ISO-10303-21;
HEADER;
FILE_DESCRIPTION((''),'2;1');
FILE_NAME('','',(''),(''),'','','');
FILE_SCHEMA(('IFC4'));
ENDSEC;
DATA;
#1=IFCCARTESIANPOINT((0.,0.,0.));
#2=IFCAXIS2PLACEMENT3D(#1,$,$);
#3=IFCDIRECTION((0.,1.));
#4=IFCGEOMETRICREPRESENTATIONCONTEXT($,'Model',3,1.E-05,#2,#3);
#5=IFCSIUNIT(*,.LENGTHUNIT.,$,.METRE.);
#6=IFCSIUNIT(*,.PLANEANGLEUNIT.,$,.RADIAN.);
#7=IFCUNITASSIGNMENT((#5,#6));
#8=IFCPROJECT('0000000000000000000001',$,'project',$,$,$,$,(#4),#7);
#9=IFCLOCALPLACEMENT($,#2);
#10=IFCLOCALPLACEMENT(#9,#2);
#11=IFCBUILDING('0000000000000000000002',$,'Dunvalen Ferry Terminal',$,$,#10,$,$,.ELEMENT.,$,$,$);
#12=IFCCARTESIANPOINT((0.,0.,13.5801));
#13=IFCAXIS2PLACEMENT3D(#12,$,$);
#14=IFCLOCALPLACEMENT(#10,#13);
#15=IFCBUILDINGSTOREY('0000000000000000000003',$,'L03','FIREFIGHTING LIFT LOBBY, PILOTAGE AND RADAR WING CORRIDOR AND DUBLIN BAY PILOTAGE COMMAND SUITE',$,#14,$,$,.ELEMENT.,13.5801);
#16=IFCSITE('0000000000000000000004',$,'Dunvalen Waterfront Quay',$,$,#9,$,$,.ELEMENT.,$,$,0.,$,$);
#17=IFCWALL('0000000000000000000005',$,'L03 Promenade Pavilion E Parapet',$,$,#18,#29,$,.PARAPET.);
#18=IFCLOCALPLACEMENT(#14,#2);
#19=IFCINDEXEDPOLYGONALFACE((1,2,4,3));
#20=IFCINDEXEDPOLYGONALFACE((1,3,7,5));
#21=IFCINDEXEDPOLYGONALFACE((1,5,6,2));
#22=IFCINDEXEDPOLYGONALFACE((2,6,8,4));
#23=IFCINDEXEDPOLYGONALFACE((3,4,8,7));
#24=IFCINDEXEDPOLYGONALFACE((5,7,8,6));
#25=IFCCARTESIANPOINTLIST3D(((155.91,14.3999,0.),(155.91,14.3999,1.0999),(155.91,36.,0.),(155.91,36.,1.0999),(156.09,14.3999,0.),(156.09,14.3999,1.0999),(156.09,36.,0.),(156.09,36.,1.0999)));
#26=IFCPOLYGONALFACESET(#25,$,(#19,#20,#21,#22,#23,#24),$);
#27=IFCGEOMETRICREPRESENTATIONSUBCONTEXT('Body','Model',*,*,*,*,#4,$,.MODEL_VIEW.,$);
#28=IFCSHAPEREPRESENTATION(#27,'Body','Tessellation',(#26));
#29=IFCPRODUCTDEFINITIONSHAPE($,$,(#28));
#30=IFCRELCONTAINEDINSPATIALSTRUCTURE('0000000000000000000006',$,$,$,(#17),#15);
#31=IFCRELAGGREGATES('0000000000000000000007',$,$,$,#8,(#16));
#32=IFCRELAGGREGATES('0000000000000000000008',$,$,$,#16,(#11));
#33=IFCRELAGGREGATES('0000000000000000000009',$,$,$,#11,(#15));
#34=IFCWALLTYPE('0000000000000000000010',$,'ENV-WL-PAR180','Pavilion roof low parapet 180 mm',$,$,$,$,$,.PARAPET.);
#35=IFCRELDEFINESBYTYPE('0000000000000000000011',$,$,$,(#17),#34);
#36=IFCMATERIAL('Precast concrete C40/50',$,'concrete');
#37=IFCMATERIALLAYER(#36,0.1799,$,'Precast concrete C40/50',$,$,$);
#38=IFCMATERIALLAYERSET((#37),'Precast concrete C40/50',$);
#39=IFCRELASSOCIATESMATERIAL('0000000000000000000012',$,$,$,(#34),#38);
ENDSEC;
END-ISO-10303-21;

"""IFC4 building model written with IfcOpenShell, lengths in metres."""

from ifc_helpers import new_model, si_unit, direction, frame, frame_2d, origin, place, context, subcontext, project, spatial, rectangle, extrude, material, layer, layer_set, type_object, element, save


model = new_model("IFC4")

# Units and contexts
model_context = context("Model", 3, precision=1e-05, world=origin(), true_north=direction((0.0, 1.0)))
body_context = subcontext(model_context, "Body", "Model", "MODEL_VIEW")
ifc_project = project(units=[si_unit("LENGTHUNIT", "METRE"), si_unit("PLANEANGLEUNIT", "RADIAN")], contexts=[model_context])

# Site, building, storey
site_placement = place(None, origin())
site = spatial("IfcSite", under=ifc_project, at=site_placement, Name="Dunvalen Waterfront Quay", CompositionType="ELEMENT", RefElevation=0.0)
building_placement = place(site_placement, origin())
building = spatial("IfcBuilding", under=site, at=building_placement, Name="Dunvalen Ferry Terminal", CompositionType="ELEMENT")
storey_placement = place(building_placement, frame((0.0, 0.0, 13.5801)))
storey = spatial("IfcBuildingStorey", under=building, at=storey_placement, Name="L03", Description="FIREFIGHTING LIFT LOBBY, PILOTAGE AND RADAR WING CORRIDOR AND DUBLIN BAY PILOTAGE COMMAND SUITE", CompositionType="ELEMENT", Elevation=13.5801)

# Wall
ifc_material_1 = material(Name="Precast concrete C40/50", Category="concrete")
ifc_layer = layer(ifc_material_1, 0.1799, Name="Precast concrete C40/50")
ifc_layer_set = layer_set([ifc_layer], Name="Precast concrete C40/50")
wall_type = type_object("IfcWallType", Name="ENV-WL-PAR180", Description="Pavilion roof low parapet 180 mm", PredefinedType="PARAPET", material=ifc_layer_set)
wall_placement = place(storey_placement, frame((156.0, 14.3999, 0.0), z_axis=(0.0, 0.0, 1.0), x_axis=(0.0, 1.0, 0.0)))
element("IfcWall", 1, at=wall_placement, inside=storey, type_object=wall_type, Name="L03 Promenade Pavilion E Parapet", PredefinedType="PARAPET", context=body_context, shape_type="SweptSolid", body=[
    extrude(rectangle(XDim=21.6001, YDim=0.1799, at=frame_2d((10.8, 0.0))), origin(), (0.0, 0.0, 1.0), 1.0999),
])

save(model, "model.ifc")
